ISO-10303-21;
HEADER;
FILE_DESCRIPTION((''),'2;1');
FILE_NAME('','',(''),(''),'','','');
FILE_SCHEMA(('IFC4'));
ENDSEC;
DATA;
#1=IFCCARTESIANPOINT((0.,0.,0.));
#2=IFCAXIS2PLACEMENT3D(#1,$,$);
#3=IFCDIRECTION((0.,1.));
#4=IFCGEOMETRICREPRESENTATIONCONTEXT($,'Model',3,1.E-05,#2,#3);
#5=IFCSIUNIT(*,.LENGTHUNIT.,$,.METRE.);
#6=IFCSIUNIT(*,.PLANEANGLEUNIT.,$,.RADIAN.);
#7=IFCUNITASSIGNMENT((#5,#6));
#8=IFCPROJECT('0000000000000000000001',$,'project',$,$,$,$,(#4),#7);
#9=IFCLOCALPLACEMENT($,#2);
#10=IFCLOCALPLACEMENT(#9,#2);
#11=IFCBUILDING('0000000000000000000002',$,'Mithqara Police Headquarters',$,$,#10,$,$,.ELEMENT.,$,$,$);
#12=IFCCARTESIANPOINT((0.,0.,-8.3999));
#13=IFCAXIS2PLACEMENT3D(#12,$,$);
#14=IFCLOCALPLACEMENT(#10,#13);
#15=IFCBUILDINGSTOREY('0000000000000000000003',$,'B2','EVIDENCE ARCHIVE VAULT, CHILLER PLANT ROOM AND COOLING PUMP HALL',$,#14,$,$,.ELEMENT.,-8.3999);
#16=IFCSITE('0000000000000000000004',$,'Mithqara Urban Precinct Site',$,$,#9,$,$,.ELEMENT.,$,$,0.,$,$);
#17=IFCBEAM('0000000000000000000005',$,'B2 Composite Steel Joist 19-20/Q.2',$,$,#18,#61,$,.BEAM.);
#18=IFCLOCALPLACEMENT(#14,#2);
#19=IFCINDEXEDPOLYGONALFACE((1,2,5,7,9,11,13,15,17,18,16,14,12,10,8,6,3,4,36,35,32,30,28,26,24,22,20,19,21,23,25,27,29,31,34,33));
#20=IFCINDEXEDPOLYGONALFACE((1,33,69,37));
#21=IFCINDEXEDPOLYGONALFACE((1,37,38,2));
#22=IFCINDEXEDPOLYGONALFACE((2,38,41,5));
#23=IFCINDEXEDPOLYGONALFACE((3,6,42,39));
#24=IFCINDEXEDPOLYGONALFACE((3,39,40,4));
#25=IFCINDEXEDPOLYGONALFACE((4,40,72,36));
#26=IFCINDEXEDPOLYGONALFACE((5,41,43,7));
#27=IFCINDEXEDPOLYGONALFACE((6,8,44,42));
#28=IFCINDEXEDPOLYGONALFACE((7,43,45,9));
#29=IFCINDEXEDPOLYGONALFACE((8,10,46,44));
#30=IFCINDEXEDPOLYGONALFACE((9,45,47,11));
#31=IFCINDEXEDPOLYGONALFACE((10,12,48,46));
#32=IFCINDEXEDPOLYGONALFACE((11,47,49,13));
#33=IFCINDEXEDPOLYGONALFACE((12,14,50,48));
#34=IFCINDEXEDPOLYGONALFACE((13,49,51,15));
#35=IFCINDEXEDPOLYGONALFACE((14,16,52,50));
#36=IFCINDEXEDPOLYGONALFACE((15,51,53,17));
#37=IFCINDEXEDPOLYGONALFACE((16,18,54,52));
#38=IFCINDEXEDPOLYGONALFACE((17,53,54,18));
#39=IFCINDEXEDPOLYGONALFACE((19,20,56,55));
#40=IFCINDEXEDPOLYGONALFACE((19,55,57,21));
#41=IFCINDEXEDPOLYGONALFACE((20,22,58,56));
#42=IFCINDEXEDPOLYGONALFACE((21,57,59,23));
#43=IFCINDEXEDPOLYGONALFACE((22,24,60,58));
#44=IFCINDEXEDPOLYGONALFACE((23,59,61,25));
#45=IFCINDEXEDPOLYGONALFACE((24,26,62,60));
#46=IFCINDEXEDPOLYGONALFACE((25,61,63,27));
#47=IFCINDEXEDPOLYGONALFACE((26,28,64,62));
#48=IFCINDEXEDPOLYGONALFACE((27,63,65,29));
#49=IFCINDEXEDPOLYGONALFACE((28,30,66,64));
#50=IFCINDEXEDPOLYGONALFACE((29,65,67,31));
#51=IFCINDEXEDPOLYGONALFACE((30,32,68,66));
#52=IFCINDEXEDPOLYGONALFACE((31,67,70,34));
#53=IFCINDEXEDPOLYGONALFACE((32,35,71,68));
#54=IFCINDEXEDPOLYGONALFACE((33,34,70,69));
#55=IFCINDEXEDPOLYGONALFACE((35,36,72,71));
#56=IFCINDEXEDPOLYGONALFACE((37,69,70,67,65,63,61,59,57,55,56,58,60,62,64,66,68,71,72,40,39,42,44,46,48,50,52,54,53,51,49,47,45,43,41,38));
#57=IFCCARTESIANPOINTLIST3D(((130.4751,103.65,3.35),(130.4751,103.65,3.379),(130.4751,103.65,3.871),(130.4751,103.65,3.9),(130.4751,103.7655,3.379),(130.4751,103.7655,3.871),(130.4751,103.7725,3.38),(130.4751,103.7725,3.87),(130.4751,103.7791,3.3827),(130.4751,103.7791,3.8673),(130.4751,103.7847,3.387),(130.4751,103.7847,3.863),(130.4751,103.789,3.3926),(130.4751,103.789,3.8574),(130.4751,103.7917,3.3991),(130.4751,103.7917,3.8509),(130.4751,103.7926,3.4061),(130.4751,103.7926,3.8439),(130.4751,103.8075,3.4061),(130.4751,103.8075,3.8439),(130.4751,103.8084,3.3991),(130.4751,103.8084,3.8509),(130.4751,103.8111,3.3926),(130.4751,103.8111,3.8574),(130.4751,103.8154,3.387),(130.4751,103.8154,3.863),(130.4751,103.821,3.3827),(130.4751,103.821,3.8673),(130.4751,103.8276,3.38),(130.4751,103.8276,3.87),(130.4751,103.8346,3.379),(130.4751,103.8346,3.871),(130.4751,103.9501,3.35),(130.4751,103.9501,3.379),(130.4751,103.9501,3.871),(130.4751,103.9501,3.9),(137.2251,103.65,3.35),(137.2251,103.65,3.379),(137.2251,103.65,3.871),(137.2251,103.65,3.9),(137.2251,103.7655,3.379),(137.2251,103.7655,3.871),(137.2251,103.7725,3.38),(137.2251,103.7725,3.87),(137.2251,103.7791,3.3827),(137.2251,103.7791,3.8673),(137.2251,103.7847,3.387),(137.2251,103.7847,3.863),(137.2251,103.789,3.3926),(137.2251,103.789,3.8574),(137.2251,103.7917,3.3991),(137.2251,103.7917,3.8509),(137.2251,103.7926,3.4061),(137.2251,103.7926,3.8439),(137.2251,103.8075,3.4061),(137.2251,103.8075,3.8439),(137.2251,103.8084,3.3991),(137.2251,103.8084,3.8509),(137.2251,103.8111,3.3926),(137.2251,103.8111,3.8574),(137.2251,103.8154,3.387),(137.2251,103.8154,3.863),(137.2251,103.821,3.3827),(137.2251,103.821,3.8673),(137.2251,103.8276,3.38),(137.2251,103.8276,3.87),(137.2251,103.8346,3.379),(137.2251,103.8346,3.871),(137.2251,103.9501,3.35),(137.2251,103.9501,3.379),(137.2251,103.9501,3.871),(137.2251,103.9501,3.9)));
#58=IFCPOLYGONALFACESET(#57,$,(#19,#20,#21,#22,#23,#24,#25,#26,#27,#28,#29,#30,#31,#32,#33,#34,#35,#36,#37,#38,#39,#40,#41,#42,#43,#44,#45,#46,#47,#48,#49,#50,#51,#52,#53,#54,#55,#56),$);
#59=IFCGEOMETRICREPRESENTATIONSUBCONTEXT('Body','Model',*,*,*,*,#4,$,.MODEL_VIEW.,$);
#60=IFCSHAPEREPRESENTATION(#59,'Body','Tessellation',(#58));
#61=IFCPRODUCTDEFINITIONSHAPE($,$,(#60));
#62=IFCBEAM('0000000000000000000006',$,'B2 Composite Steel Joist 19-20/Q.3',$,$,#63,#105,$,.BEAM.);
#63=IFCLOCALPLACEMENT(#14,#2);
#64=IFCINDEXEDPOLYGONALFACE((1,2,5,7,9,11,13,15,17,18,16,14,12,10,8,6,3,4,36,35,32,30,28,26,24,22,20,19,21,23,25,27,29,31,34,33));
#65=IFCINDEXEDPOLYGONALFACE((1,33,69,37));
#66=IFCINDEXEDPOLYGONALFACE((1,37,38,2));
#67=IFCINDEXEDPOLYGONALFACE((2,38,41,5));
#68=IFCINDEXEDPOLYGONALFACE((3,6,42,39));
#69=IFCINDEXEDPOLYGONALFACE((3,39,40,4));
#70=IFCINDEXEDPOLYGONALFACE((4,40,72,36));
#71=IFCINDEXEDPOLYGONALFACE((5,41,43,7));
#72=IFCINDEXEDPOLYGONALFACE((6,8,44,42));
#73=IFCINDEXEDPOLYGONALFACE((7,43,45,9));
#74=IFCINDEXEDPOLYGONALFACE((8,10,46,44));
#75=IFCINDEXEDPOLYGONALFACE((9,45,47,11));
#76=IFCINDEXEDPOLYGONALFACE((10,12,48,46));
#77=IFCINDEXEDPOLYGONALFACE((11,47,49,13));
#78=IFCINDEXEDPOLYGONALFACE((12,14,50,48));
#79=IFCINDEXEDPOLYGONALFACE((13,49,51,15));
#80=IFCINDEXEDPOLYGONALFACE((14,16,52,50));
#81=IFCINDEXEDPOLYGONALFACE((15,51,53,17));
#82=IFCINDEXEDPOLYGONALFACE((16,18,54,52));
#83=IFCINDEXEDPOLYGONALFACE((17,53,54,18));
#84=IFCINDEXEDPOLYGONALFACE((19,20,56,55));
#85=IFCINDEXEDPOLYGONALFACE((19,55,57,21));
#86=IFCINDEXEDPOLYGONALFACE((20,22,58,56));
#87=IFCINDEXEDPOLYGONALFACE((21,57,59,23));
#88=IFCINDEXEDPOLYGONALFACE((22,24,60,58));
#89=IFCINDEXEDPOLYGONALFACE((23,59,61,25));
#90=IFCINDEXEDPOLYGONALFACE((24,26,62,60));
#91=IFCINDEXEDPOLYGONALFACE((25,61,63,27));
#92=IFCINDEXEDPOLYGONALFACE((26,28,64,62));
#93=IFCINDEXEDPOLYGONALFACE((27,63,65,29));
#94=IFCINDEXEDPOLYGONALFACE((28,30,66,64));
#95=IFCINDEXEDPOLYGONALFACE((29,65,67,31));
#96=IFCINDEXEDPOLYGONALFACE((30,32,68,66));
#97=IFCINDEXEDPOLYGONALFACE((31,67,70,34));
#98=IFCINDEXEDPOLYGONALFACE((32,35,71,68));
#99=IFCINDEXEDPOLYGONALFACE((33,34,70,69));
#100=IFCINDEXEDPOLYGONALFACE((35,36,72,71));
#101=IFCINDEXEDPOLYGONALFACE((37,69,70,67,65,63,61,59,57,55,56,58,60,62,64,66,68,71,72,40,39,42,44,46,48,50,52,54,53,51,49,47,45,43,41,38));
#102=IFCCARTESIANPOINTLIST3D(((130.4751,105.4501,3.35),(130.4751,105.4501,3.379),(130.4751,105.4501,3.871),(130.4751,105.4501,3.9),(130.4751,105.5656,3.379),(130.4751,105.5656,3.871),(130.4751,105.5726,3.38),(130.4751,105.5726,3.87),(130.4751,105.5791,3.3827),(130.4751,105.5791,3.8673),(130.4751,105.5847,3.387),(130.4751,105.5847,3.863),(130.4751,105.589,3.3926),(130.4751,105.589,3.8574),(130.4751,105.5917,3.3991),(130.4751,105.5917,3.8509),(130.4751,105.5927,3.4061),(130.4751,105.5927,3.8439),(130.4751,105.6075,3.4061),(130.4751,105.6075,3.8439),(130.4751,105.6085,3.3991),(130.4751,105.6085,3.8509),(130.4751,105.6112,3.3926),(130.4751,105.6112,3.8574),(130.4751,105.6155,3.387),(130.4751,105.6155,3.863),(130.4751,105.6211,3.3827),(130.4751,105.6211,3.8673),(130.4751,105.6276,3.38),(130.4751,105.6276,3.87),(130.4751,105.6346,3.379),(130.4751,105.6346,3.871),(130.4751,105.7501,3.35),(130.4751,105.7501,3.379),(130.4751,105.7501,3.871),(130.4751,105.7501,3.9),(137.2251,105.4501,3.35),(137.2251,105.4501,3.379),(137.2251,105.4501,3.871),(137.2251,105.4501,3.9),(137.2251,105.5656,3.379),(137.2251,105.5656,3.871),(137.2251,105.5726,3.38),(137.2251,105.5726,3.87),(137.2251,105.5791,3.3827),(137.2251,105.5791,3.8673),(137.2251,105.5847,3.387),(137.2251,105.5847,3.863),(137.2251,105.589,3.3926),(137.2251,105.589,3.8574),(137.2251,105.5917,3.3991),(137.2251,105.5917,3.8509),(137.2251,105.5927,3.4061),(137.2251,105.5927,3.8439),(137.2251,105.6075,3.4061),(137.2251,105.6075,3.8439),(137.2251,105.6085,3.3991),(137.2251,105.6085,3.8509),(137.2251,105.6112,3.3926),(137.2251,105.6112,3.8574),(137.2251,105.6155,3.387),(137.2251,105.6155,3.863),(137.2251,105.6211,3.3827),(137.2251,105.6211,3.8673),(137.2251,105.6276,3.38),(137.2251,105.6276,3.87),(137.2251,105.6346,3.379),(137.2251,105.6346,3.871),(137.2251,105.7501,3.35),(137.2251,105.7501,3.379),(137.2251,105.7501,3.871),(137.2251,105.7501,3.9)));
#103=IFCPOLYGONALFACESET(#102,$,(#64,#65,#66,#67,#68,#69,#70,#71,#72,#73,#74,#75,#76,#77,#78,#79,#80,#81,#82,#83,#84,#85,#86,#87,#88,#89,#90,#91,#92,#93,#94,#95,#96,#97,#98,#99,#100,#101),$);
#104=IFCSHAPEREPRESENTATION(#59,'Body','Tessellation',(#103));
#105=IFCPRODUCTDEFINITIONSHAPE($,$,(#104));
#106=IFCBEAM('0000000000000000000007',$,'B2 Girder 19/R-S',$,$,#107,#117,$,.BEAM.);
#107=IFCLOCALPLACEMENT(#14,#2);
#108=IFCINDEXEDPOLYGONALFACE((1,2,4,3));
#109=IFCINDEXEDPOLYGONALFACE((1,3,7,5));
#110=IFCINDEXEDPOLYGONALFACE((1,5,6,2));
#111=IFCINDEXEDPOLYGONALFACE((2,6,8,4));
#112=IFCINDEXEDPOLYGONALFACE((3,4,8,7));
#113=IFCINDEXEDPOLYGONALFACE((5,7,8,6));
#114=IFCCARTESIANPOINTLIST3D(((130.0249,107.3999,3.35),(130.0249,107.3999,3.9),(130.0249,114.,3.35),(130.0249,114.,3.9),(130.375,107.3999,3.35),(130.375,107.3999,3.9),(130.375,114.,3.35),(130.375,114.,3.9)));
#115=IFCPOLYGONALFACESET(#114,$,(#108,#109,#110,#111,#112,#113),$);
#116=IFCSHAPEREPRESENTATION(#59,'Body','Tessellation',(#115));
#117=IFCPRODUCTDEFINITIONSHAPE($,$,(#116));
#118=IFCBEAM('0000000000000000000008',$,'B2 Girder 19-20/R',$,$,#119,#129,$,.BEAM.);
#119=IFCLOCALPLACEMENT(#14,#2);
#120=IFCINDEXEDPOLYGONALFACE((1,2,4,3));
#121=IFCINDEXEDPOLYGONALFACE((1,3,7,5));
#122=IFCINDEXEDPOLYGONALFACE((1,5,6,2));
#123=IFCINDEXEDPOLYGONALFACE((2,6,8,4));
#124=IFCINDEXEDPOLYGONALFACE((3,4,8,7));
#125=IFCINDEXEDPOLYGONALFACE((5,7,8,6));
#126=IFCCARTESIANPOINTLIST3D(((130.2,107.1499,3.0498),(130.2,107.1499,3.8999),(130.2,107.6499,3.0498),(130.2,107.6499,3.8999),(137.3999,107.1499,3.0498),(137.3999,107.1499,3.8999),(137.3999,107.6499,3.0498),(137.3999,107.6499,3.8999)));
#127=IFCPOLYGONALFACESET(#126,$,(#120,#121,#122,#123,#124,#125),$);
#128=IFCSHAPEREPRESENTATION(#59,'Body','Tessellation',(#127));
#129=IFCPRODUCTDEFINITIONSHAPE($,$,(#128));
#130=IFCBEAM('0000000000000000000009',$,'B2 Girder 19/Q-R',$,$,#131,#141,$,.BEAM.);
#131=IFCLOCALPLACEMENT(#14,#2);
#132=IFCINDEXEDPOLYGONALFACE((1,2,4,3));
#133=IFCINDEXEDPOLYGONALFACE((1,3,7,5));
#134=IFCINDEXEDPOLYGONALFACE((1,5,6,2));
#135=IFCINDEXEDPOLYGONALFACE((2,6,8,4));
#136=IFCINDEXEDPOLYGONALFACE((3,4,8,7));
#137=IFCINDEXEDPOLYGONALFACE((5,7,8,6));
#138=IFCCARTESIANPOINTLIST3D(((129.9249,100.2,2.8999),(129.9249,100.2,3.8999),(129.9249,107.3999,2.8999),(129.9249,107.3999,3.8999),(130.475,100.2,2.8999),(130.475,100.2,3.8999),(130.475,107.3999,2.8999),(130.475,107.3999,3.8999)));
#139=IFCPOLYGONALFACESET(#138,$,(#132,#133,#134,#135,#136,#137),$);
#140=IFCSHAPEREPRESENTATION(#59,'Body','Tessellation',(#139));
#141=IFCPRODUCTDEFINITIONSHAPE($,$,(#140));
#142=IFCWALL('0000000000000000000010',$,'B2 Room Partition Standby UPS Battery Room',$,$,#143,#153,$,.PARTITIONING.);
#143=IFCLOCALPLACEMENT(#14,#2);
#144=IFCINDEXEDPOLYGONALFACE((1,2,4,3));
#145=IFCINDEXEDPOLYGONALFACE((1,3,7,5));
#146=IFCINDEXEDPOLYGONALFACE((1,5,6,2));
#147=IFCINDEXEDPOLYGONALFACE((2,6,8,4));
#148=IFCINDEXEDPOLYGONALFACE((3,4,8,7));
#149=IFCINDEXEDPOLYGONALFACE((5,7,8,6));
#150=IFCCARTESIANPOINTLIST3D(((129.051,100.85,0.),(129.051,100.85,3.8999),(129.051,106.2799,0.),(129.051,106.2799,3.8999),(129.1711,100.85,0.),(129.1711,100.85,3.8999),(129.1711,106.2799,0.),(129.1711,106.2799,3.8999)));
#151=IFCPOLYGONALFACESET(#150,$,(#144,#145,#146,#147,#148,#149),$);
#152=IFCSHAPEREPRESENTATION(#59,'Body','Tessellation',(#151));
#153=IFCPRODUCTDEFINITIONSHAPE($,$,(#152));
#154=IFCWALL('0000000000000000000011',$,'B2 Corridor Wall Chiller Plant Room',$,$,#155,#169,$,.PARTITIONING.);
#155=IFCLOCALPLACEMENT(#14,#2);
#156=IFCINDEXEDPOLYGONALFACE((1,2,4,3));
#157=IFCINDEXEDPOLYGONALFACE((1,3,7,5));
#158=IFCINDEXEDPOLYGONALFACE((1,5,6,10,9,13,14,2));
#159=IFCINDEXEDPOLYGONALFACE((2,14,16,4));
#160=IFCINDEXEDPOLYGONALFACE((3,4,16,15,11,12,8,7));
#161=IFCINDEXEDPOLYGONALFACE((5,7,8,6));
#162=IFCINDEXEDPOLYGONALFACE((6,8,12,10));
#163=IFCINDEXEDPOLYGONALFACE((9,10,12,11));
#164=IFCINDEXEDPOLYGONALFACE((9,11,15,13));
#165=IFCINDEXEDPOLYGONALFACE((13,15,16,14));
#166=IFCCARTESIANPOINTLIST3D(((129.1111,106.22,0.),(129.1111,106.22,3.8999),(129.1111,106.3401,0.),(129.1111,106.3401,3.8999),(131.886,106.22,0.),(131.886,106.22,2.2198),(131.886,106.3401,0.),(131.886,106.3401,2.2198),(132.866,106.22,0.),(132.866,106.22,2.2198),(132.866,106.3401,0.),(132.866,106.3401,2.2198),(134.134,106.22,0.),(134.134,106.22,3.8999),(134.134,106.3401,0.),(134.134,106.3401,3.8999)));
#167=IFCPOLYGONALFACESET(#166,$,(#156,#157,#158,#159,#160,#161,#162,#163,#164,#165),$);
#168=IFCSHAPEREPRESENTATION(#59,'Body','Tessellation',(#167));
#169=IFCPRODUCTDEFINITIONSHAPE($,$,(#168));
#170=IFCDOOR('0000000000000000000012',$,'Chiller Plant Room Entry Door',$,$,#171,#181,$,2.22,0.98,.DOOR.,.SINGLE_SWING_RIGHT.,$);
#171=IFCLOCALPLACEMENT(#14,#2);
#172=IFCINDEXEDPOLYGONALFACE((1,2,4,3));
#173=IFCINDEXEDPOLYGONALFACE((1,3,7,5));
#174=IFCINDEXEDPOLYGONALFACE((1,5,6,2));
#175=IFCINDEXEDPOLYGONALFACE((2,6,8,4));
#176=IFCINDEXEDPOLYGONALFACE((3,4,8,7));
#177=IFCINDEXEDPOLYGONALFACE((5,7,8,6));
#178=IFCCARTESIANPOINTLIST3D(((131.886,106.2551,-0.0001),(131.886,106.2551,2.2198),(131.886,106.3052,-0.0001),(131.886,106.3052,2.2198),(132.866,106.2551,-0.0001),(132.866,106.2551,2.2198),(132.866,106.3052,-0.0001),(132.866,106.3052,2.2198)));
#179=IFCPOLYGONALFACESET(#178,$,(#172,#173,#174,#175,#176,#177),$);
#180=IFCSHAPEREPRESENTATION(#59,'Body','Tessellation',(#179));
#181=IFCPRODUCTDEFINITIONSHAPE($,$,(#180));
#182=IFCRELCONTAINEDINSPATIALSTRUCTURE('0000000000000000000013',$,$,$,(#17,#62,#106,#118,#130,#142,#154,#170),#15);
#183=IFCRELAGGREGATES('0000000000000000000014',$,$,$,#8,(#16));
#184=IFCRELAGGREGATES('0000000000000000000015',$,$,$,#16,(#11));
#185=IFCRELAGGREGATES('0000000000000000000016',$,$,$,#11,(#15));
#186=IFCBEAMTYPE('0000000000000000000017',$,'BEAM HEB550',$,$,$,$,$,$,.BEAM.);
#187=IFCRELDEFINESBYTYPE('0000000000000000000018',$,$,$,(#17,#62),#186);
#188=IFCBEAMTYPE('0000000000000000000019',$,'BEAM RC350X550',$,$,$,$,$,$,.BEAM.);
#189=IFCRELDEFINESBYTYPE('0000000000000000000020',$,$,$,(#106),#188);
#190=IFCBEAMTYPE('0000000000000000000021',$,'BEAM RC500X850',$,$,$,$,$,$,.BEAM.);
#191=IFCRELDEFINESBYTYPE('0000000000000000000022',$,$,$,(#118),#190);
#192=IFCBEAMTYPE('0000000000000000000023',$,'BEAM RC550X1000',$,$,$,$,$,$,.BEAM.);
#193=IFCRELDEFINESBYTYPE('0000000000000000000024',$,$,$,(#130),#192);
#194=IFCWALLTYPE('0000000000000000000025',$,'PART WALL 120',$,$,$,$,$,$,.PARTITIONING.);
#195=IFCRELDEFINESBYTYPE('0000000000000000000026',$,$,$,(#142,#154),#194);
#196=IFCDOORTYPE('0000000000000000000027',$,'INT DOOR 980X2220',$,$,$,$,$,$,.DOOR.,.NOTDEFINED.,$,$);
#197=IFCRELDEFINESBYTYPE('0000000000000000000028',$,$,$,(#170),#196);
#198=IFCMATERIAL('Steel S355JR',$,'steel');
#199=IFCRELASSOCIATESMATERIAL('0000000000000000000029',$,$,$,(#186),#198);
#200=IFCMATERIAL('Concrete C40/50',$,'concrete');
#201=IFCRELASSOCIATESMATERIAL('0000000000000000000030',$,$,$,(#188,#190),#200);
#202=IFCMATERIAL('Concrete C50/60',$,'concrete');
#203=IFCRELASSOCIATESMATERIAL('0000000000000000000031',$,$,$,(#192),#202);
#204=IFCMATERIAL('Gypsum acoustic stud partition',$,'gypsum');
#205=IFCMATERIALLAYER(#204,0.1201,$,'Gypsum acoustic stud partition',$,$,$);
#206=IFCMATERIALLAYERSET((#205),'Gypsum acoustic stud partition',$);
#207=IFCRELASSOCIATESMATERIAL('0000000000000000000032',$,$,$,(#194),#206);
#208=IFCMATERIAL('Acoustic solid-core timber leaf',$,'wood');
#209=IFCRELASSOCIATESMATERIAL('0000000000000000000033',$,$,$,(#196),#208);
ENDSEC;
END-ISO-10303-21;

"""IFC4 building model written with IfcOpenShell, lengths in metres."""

from ifc_helpers import new_model, si_unit, direction, frame, frame_2d, origin, origin_2d, place, context, subcontext, project, spatial, rectangle, i_section, extrude, material, layer, layer_set, material_profile, profile_set, type_object, element, fill, save


model = new_model("IFC4")

# Units and contexts
model_context = context("Model", 3, precision=1e-05, world=origin(), true_north=direction((0.0, 1.0)))
body_context = subcontext(model_context, "Body", "Model", "MODEL_VIEW")
ifc_project = project(units=[si_unit("LENGTHUNIT", "METRE"), si_unit("PLANEANGLEUNIT", "RADIAN")], contexts=[model_context])

# Site, building, storey
site_placement = place(None, origin())
site = spatial("IfcSite", under=ifc_project, at=site_placement, Name="Mithqara Urban Precinct Site", CompositionType="ELEMENT", RefElevation=0.0)
building_placement = place(site_placement, origin())
building = spatial("IfcBuilding", under=site, at=building_placement, Name="Mithqara Police Headquarters", CompositionType="ELEMENT")
storey_placement = place(building_placement, frame((0.0, 0.0, -8.3999)))
storey = spatial("IfcBuildingStorey", under=building, at=storey_placement, Name="B2", Description="EVIDENCE ARCHIVE VAULT, CHILLER PLANT ROOM AND COOLING PUMP HALL", CompositionType="ELEMENT", Elevation=-8.3999)

# Shared definitions
ifc_material_1 = material(Name="Concrete C40/50", Category="concrete")

# Shared definitions
ifc_material_2 = material(Name="Concrete C50/60", Category="concrete")

# Beams
ifc_material_3 = material(Name="Steel S355JR", Category="steel")
ifc_material_profile_1 = material_profile(ifc_material_3, i_section(OverallWidth=0.3, OverallDepth=0.55, WebThickness=0.0149, FlangeThickness=0.0291, FilletRadius=0.0271, at=origin_2d()), Name="HEB 550")
ifc_profile_set_1 = profile_set([ifc_material_profile_1], Name="Steel S355JR")
beam_type_1 = type_object("IfcBeamType", Name="BEAM HEB550", PredefinedType="BEAM", material=ifc_profile_set_1)
for number, where, z_axis, x_axis, name in (
    (1, (130.4751, 103.8, 3.625), (1.0, 0.0, 0.0), (0.0, 1.0, 0.0), "B2 Composite Steel Joist 19-20/Q.2"),
    (2, (130.4751, 105.6001, 3.625), (1.0, 0.0, 0.0), (0.0, 1.0, 0.0), "B2 Composite Steel Joist 19-20/Q.3"),
):
    element("IfcBeam", number, at=place(storey_placement, frame(where, z_axis=z_axis, x_axis=x_axis)), inside=storey, type_object=beam_type_1, Name=name, PredefinedType="BEAM", context=body_context, shape_type="SweptSolid", body=[
        extrude(i_section(OverallWidth=0.3, OverallDepth=0.55, WebThickness=0.0149, FlangeThickness=0.0291, FilletRadius=0.0271, at=origin_2d()), origin(), (0.0, 0.0, 1.0), 6.75),
    ])
ifc_material_profile_2 = material_profile(ifc_material_1, rectangle(XDim=0.3501, YDim=0.55, at=origin_2d()), Name="RC 350x550")
ifc_profile_set_2 = profile_set([ifc_material_profile_2], Name="Concrete C40/50")
beam_type_2 = type_object("IfcBeamType", Name="BEAM RC350X550", PredefinedType="BEAM", material=ifc_profile_set_2)
beam_1_placement = place(storey_placement, frame((130.2, 107.3999, 3.625), z_axis=(0.0, 1.0, 0.0), x_axis=(-1.0, 0.0, 0.0)))
element("IfcBeam", 3, at=beam_1_placement, inside=storey, type_object=beam_type_2, Name="B2 Girder 19/R-S", PredefinedType="BEAM", context=body_context, shape_type="SweptSolid", body=[
    extrude(rectangle(XDim=0.3501, YDim=0.55, at=origin_2d()), origin(), (0.0, 0.0, 1.0), 6.6001),
])
ifc_material_profile_3 = material_profile(ifc_material_1, rectangle(XDim=0.5, YDim=0.8501, at=origin_2d()), Name="RC 500x850")
ifc_profile_set_3 = profile_set([ifc_material_profile_3], Name="Concrete C40/50")
beam_type_3 = type_object("IfcBeamType", Name="BEAM RC500X850", PredefinedType="BEAM", material=ifc_profile_set_3)
beam_2_placement = place(storey_placement, frame((130.2, 107.3999, 3.4749), z_axis=(1.0, 0.0, 0.0), x_axis=(0.0, 1.0, 0.0)))
element("IfcBeam", 4, at=beam_2_placement, inside=storey, type_object=beam_type_3, Name="B2 Girder 19-20/R", PredefinedType="BEAM", context=body_context, shape_type="SweptSolid", body=[
    extrude(rectangle(XDim=0.5, YDim=0.8501, at=origin_2d()), origin(), (0.0, 0.0, 1.0), 7.2),
])
ifc_material_profile_4 = material_profile(ifc_material_2, rectangle(XDim=0.55, YDim=1.0, at=origin_2d()), Name="RC 550x1000")
ifc_profile_set_4 = profile_set([ifc_material_profile_4], Name="Concrete C50/60")
beam_type_4 = type_object("IfcBeamType", Name="BEAM RC550X1000", PredefinedType="BEAM", material=ifc_profile_set_4)
beam_3_placement = place(storey_placement, frame((130.2, 100.2, 3.3999), z_axis=(0.0, 1.0, 0.0), x_axis=(-1.0, 0.0, 0.0)))
element("IfcBeam", 5, at=beam_3_placement, inside=storey, type_object=beam_type_4, Name="B2 Girder 19/Q-R", PredefinedType="BEAM", context=body_context, shape_type="SweptSolid", body=[
    extrude(rectangle(XDim=0.55, YDim=1.0, at=origin_2d()), origin(), (0.0, 0.0, 1.0), 7.2),
])

# Wall
ifc_material_4 = material(Name="Gypsum acoustic stud partition", Category="gypsum")
ifc_layer_1 = layer(ifc_material_4, 0.1201, Name="Gypsum acoustic stud partition")
ifc_layer_set_1 = layer_set([ifc_layer_1], Name="Gypsum acoustic stud partition")
wall_type_1 = type_object("IfcWallType", Name="PART WALL 120", PredefinedType="PARTITIONING", material=ifc_layer_set_1)
wall_1_placement = place(storey_placement, frame((129.1111, 100.8501, 0.0), z_axis=(0.0, 0.0, 1.0), x_axis=(0.0, 1.0, 0.0)))
element("IfcWall", 6, at=wall_1_placement, inside=storey, type_object=wall_type_1, Name="B2 Room Partition Standby UPS Battery Room", PredefinedType="PARTITIONING", context=body_context, shape_type="SweptSolid", body=[
    extrude(rectangle(XDim=5.4299, YDim=0.1201, at=frame_2d((2.7148, 0.0))), origin(), (0.0, 0.0, 1.0), 3.8999),
])

# Wall, opening, door
wall_2_placement = place(storey_placement, frame((129.1111, 106.28, 0.0), z_axis=(0.0, 0.0, 1.0), x_axis=(1.0, 0.0, 0.0)))
wall_2 = element("IfcWall", 7, at=wall_2_placement, inside=storey, type_object=wall_type_1, Name="B2 Corridor Wall Chiller Plant Room", PredefinedType="PARTITIONING", context=body_context, shape_type="SweptSolid", body=[
    extrude(rectangle(XDim=5.0229, YDim=0.1201, at=frame_2d((2.5115, 0.0))), origin(), (0.0, 0.0, 1.0), 3.8999),
])
opening_placement = place(wall_2_placement, frame((2.7749, 0.0, 0.0)))
opening = element("IfcOpeningElement", 8, at=opening_placement, cuts=wall_2, PredefinedType="OPENING", context=body_context, shape_type="SweptSolid", body=[
    extrude(rectangle(XDim=0.98, YDim=2.22, at=frame_2d((0.49, 1.1099))), frame((0.0, 0.0701, 0.0), z_axis=(0.0, -1.0, 0.0), x_axis=(1.0, 0.0, 0.0)), (0.0, 0.0, 1.0), 0.1401),
])
ifc_material_5 = material(Name="Acoustic solid-core timber leaf", Category="wood")
door_type = type_object("IfcDoorType", Name="INT DOOR 980X2220", OperationType="NOTDEFINED", PredefinedType="DOOR", material=ifc_material_5)
door_placement = place(opening_placement, frame((0.98, 0.0, 0.0), z_axis=(0.0, 0.0, 1.0), x_axis=(-1.0, 0.0, 0.0)))
door = element("IfcDoor", 9, at=door_placement, inside=storey, type_object=door_type, Name="Chiller Plant Room Entry Door", OperationType="SINGLE_SWING_RIGHT", OverallHeight=2.22, OverallWidth=0.98, PredefinedType="DOOR", context=body_context, shape_type="SweptSolid", body=[
    extrude(rectangle(XDim=0.98, YDim=2.22, at=frame_2d((0.49, 1.1099))), frame((0.0, 0.0249, 0.0), z_axis=(0.0, -1.0, 0.0), x_axis=(1.0, 0.0, 0.0)), (0.0, 0.0, 1.0), 0.05),
])
fill(opening, door)

save(model, "model.ifc")
